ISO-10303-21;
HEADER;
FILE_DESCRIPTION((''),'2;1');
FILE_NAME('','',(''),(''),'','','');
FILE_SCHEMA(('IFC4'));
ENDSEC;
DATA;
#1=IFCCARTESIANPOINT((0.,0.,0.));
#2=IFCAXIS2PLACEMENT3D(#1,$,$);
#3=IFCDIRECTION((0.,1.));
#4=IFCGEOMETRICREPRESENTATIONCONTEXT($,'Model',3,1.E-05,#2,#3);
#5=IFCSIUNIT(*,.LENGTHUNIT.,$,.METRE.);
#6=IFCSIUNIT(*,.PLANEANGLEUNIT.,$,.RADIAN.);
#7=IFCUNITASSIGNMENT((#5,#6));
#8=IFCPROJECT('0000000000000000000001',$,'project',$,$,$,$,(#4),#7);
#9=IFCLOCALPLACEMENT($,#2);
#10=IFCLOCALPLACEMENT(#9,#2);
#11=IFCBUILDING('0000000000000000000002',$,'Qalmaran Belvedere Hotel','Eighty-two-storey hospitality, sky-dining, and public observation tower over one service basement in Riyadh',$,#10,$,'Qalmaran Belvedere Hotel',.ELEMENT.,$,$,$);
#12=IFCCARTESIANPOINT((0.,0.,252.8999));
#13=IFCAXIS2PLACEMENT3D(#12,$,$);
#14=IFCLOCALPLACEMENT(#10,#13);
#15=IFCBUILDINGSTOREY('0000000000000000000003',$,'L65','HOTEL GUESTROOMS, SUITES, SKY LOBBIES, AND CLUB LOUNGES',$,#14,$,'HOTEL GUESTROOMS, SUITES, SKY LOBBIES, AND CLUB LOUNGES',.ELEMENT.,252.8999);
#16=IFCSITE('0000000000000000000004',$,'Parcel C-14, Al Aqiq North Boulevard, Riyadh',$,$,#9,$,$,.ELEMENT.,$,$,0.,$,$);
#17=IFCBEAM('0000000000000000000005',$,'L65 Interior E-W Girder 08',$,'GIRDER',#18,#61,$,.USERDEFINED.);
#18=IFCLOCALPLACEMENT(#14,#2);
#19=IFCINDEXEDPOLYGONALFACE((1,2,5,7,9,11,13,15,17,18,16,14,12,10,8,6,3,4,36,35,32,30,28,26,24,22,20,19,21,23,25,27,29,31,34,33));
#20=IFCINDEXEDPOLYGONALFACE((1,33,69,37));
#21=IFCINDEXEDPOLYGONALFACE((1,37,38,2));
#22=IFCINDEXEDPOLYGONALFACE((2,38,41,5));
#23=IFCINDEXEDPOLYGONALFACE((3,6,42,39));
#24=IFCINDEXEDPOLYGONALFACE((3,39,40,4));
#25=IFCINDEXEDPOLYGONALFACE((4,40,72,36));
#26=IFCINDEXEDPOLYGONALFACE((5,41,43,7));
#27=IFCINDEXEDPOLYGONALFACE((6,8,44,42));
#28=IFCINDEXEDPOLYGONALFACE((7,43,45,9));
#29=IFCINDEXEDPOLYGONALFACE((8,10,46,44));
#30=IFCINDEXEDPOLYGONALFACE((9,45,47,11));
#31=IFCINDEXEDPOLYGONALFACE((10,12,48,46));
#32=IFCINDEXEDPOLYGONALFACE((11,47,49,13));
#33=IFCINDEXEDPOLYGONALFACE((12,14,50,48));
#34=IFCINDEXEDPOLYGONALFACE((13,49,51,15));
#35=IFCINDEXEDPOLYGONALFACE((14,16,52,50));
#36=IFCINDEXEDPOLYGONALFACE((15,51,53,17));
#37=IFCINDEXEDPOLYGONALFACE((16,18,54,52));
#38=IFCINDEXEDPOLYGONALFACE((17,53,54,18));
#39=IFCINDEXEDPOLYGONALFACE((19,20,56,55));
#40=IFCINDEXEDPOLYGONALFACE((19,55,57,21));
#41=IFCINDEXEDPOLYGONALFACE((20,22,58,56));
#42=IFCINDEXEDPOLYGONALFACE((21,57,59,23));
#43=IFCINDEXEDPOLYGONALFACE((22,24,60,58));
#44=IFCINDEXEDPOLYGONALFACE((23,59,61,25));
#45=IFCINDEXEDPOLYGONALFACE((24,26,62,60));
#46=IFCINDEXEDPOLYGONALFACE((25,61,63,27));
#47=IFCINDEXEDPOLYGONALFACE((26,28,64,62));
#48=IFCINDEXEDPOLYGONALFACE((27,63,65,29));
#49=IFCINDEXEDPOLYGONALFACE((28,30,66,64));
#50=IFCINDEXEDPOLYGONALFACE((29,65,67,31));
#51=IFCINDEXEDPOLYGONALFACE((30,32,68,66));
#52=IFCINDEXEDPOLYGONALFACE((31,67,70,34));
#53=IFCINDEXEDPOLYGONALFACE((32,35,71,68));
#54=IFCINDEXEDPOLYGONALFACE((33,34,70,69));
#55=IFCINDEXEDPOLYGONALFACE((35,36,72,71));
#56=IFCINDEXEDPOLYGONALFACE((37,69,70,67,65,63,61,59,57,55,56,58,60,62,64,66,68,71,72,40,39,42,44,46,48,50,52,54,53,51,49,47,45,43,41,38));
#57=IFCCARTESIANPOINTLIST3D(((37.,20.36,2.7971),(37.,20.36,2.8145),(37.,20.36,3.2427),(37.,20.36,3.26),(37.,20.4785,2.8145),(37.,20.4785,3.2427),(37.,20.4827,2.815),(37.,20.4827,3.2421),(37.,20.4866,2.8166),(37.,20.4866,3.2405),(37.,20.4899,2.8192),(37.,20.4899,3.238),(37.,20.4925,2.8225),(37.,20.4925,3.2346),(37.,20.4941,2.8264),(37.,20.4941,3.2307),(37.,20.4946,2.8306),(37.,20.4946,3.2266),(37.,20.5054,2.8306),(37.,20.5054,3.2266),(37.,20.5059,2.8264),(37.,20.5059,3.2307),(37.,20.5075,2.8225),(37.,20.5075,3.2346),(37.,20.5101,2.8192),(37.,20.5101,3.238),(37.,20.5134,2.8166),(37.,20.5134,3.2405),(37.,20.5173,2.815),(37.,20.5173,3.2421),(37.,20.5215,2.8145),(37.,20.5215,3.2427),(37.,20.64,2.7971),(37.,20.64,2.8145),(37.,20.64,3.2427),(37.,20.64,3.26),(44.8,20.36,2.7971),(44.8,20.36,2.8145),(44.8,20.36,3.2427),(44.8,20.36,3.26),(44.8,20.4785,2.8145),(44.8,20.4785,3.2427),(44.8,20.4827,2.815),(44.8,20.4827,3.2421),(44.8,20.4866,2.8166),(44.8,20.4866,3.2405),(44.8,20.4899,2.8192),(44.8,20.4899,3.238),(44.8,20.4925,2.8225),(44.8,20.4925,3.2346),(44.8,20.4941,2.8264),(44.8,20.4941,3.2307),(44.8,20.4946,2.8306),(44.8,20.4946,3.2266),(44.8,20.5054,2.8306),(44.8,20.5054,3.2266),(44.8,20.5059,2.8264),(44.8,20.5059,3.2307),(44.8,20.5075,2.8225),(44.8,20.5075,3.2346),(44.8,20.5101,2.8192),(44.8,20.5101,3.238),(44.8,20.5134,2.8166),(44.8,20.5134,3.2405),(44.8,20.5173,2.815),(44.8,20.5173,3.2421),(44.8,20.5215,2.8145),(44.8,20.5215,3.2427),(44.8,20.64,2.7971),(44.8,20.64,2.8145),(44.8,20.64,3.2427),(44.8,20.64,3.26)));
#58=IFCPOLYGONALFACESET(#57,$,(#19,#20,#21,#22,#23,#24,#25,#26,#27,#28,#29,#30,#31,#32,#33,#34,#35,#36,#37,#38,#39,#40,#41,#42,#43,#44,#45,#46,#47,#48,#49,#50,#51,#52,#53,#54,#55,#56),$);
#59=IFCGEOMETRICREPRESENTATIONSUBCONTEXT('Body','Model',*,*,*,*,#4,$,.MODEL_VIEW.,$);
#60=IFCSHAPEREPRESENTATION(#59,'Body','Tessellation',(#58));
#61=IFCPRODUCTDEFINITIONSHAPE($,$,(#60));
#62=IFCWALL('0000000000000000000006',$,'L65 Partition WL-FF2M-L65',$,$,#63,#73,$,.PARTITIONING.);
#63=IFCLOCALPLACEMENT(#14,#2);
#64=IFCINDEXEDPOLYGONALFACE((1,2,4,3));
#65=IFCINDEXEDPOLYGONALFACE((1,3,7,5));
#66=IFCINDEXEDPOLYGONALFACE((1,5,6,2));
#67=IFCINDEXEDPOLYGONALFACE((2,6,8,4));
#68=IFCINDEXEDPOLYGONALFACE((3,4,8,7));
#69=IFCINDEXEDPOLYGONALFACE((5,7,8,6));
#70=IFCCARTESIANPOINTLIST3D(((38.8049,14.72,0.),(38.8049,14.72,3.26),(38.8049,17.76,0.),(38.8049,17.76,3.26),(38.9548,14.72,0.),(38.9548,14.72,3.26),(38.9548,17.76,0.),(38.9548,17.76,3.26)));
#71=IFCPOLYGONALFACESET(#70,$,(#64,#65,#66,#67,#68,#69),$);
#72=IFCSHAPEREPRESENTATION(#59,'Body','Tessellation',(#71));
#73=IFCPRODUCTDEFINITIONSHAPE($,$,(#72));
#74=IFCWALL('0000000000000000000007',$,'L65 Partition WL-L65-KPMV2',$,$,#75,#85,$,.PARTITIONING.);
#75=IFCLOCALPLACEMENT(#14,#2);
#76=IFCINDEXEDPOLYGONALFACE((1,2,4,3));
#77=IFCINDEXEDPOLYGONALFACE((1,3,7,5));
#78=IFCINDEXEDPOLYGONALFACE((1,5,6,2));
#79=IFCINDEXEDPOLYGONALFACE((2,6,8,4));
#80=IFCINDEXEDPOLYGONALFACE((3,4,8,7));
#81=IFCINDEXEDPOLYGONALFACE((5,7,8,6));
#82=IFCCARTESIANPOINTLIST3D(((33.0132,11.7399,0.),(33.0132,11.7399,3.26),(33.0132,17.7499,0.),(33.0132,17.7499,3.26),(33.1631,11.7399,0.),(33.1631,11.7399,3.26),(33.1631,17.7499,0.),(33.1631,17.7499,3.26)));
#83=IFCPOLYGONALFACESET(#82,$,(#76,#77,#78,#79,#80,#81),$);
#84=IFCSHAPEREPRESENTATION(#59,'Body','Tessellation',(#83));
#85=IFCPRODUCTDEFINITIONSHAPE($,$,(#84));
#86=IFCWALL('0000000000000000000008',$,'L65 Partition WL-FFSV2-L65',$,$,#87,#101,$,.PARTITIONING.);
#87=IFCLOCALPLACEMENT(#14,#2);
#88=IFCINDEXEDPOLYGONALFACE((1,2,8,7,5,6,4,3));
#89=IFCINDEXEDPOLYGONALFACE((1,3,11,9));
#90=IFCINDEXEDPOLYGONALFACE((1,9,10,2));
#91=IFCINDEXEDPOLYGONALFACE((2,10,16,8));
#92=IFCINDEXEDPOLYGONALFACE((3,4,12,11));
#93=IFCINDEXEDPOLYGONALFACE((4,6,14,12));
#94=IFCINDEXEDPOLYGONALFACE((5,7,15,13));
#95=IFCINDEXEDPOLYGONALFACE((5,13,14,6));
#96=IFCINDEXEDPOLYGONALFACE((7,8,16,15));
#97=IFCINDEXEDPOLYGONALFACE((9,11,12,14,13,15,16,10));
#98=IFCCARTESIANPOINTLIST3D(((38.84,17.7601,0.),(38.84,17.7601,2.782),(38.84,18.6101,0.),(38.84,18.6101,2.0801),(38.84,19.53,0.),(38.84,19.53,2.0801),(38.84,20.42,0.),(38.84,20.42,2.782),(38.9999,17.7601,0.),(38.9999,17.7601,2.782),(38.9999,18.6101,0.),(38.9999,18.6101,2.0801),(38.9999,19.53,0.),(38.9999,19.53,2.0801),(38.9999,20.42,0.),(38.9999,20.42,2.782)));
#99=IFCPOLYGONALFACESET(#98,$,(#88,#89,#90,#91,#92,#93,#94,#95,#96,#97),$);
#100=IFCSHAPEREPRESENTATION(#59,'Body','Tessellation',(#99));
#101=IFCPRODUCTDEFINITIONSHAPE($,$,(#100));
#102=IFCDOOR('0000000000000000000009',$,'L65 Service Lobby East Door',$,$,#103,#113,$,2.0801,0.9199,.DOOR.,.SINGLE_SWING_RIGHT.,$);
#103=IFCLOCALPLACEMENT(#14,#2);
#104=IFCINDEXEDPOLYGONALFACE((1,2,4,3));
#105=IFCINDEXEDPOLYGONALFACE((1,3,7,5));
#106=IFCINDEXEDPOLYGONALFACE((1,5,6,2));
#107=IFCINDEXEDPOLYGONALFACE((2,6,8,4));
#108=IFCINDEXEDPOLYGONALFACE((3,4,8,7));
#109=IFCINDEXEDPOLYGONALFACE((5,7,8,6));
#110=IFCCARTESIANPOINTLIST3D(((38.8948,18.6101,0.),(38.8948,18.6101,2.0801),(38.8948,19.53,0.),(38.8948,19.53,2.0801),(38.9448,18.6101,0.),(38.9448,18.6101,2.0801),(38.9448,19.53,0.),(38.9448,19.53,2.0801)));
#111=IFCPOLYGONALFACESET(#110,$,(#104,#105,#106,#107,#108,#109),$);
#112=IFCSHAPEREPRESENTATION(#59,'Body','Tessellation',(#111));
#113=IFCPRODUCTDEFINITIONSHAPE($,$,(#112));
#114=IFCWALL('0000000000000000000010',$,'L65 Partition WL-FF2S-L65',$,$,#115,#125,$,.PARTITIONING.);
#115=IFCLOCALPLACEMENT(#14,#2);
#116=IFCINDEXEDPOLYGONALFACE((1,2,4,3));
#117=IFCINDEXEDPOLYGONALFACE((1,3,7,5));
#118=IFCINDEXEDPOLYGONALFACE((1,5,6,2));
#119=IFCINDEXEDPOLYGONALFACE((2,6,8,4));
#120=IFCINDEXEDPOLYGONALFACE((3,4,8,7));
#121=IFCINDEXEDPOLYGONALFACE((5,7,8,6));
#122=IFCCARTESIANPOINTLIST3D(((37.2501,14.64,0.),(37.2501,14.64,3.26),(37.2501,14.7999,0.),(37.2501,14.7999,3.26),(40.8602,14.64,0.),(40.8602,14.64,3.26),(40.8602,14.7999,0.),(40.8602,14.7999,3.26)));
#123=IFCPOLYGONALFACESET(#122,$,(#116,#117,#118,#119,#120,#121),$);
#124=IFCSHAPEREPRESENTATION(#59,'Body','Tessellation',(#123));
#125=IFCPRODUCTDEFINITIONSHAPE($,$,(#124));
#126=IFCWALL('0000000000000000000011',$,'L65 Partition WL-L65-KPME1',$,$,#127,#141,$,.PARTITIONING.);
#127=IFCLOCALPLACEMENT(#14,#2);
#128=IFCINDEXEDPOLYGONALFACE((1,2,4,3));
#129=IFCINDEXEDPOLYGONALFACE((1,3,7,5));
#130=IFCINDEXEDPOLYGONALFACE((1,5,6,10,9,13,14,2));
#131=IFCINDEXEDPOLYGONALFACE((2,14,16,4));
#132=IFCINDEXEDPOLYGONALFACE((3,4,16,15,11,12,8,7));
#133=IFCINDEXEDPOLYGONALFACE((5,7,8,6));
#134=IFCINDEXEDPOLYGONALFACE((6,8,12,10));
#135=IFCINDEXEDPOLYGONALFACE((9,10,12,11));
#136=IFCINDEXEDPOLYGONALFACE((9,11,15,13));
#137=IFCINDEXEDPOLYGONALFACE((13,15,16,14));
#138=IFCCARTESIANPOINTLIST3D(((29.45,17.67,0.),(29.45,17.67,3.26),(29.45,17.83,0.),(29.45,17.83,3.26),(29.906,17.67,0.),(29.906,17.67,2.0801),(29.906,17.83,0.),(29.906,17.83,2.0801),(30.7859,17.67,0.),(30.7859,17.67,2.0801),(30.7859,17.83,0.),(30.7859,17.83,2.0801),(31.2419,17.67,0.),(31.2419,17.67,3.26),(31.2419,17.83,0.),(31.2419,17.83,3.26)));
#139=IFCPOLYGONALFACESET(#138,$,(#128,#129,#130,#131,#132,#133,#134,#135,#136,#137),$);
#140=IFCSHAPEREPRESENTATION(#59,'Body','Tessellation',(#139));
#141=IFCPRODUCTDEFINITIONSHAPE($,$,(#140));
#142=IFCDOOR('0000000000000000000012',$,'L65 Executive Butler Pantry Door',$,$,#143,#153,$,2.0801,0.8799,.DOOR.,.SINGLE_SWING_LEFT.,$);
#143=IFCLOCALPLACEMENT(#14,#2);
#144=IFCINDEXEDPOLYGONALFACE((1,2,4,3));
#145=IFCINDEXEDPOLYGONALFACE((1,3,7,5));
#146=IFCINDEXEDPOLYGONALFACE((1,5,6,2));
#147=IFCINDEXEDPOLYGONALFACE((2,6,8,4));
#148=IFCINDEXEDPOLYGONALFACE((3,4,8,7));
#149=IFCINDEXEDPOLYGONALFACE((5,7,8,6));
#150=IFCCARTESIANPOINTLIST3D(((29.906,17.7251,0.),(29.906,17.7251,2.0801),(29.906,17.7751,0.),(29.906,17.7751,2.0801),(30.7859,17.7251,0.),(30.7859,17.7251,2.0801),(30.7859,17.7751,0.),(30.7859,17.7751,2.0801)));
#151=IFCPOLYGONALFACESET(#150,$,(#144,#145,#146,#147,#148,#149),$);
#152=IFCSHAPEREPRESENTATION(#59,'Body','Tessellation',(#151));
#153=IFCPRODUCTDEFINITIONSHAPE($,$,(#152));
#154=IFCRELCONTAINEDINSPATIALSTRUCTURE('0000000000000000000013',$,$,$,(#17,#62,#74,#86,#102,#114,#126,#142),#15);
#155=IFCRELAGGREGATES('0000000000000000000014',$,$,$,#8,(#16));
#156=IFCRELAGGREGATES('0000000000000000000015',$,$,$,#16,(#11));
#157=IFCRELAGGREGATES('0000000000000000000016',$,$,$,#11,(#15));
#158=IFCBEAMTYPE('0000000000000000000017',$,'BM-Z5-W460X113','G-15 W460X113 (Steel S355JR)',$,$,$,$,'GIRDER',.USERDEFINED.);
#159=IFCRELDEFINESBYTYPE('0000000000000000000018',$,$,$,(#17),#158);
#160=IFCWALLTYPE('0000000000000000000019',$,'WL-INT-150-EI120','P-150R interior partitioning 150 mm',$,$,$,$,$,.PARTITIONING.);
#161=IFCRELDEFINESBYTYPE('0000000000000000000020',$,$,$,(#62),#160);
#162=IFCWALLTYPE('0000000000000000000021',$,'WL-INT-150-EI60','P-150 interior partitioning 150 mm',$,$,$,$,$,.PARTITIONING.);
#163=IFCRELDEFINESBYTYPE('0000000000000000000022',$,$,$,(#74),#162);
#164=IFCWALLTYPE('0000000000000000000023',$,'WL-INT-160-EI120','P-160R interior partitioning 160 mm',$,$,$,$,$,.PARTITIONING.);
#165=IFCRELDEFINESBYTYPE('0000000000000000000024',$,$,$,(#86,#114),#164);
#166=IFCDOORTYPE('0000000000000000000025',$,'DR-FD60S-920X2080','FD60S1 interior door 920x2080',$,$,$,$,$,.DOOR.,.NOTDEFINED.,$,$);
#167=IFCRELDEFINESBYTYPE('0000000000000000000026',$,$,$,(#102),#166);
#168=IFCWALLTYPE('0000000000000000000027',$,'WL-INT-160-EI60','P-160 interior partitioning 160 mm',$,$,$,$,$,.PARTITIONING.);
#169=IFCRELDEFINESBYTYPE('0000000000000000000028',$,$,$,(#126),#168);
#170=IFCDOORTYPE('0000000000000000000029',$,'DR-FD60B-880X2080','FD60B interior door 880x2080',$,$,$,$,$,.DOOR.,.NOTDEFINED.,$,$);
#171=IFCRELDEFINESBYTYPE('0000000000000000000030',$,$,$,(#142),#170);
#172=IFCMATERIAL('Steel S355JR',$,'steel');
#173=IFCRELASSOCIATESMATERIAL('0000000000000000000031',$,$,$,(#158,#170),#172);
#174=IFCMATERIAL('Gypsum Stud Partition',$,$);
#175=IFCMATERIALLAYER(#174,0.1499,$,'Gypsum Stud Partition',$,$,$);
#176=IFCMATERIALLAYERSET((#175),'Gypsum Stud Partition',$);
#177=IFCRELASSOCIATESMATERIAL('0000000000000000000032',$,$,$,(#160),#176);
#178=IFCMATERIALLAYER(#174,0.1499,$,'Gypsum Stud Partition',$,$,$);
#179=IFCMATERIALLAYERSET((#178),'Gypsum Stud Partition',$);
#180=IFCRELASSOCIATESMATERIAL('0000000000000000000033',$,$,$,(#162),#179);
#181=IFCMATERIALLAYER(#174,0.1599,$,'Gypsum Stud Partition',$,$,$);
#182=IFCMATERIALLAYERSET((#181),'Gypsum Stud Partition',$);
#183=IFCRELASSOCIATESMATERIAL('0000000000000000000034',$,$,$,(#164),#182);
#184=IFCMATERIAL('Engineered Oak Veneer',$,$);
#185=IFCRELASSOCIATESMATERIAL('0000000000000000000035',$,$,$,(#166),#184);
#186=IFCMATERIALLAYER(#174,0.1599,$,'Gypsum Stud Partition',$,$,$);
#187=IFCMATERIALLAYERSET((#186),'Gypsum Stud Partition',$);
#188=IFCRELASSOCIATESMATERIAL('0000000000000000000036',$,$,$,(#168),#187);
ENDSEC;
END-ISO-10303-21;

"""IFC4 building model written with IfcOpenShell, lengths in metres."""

from ifc_helpers import new_model, si_unit, direction, frame, frame_2d, origin, origin_2d, place, context, subcontext, project, spatial, rectangle, i_section, extrude, material, layer, layer_set, material_profile, profile_set, type_object, element, fill, save


model = new_model("IFC4")

# Units and contexts
model_context = context("Model", 3, precision=1e-05, world=origin(), true_north=direction((0.0, 1.0)))
body_context = subcontext(model_context, "Body", "Model", "MODEL_VIEW")
ifc_project = project(units=[si_unit("LENGTHUNIT", "METRE"), si_unit("PLANEANGLEUNIT", "RADIAN")], contexts=[model_context])

# Site, building, storey
site_placement = place(None, origin())
site = spatial("IfcSite", under=ifc_project, at=site_placement, Name="Parcel C-14, Al Aqiq North Boulevard, Riyadh", CompositionType="ELEMENT", RefElevation=0.0)
building_placement = place(site_placement, origin())
building = spatial("IfcBuilding", under=site, at=building_placement, Name="Qalmaran Belvedere Hotel", Description="Eighty-two-storey hospitality, sky-dining, and public observation tower over one service basement in Riyadh", LongName="Qalmaran Belvedere Hotel", CompositionType="ELEMENT")
storey_placement = place(building_placement, frame((0.0, 0.0, 252.8999)))
storey = spatial("IfcBuildingStorey", under=building, at=storey_placement, Name="L65", Description="HOTEL GUESTROOMS, SUITES, SKY LOBBIES, AND CLUB LOUNGES", LongName="HOTEL GUESTROOMS, SUITES, SKY LOBBIES, AND CLUB LOUNGES", CompositionType="ELEMENT", Elevation=252.8999)

# Beam
ifc_material_1 = material(Name="Steel S355JR", Category="steel")
ifc_material_profile_1 = material_profile(ifc_material_1, i_section(OverallWidth=0.28, OverallDepth=0.4629, WebThickness=0.0107, FlangeThickness=0.0173, FilletRadius=0.0161, at=origin_2d()), Name="W460X113")
ifc_profile_set_1 = profile_set([ifc_material_profile_1], Name="Steel S355JR")
beam_type_1 = type_object("IfcBeamType", Name="BM-Z5-W460X113", Description="G-15 W460X113 (Steel S355JR)", ElementType="GIRDER", PredefinedType="USERDEFINED", material=ifc_profile_set_1)
for number, where, z_axis, x_axis, name in (
    (1, (37.0, 20.5, 3.0286), (1.0, 0.0, 0.0), (0.0, 1.0, 0.0), "L65 Interior E-W Girder 08"),
):
    element("IfcBeam", number, at=place(storey_placement, frame(where, z_axis=z_axis, x_axis=x_axis)), inside=storey, type_object=beam_type_1, Name=name, ObjectType="GIRDER", PredefinedType="USERDEFINED", context=body_context, shape_type="SweptSolid", body=[
        extrude(i_section(OverallWidth=0.28, OverallDepth=0.4629, WebThickness=0.0107, FlangeThickness=0.0173, FilletRadius=0.0161, at=origin_2d()), origin(), (0.0, 0.0, 1.0), 7.8),
    ])

# Walls
ifc_material_2 = material(Name="Gypsum Stud Partition")
ifc_layer_1 = layer(ifc_material_2, 0.1499, Name="Gypsum Stud Partition")
ifc_layer_set_1 = layer_set([ifc_layer_1], Name="Gypsum Stud Partition")
wall_type_1 = type_object("IfcWallType", Name="WL-INT-150-EI120", Description="P-150R interior partitioning 150 mm", PredefinedType="PARTITIONING", material=ifc_layer_set_1)
wall_1_placement = place(storey_placement, frame((38.8799, 14.72, 0.0), z_axis=(0.0, 0.0, 1.0), x_axis=(0.0, 1.0, 0.0)))
element("IfcWall", 2, at=wall_1_placement, inside=storey, type_object=wall_type_1, Name="L65 Partition WL-FF2M-L65", PredefinedType="PARTITIONING", context=body_context, shape_type="SweptSolid", body=[
    extrude(rectangle(XDim=3.04, YDim=0.1499, at=frame_2d((1.52, 0.0))), origin(), (0.0, 0.0, 1.0), 3.26),
])
ifc_layer_2 = layer(ifc_material_2, 0.1499, Name="Gypsum Stud Partition")
ifc_layer_set_2 = layer_set([ifc_layer_2], Name="Gypsum Stud Partition")
wall_type_2 = type_object("IfcWallType", Name="WL-INT-150-EI60", Description="P-150 interior partitioning 150 mm", PredefinedType="PARTITIONING", material=ifc_layer_set_2)
wall_2_placement = place(storey_placement, frame((33.0881, 11.74, 0.0), z_axis=(0.0, 0.0, 1.0), x_axis=(0.0, 1.0, 0.0)))
element("IfcWall", 3, at=wall_2_placement, inside=storey, type_object=wall_type_2, Name="L65 Partition WL-L65-KPMV2", PredefinedType="PARTITIONING", context=body_context, shape_type="SweptSolid", body=[
    extrude(rectangle(XDim=6.01, YDim=0.1499, at=frame_2d((3.0049, 0.0))), origin(), (0.0, 0.0, 1.0), 3.26),
])

# Wall, opening, door
ifc_layer_3 = layer(ifc_material_2, 0.1599, Name="Gypsum Stud Partition")
ifc_layer_set_3 = layer_set([ifc_layer_3], Name="Gypsum Stud Partition")
wall_type_3 = type_object("IfcWallType", Name="WL-INT-160-EI120", Description="P-160R interior partitioning 160 mm", PredefinedType="PARTITIONING", material=ifc_layer_set_3)
wall_3_placement = place(storey_placement, frame((38.9199, 17.76, 0.0), z_axis=(0.0, 0.0, 1.0), x_axis=(0.0, 1.0, 0.0)))
wall_3 = element("IfcWall", 4, at=wall_3_placement, inside=storey, type_object=wall_type_3, Name="L65 Partition WL-FFSV2-L65", PredefinedType="PARTITIONING", context=body_context, shape_type="SweptSolid", body=[
    extrude(rectangle(XDim=2.6599, YDim=0.1599, at=frame_2d((1.3301, 0.0))), origin(), (0.0, 0.0, 1.0), 2.782),
])
opening_1_placement = place(wall_3_placement, frame((1.77, 0.0, 0.0), z_axis=(0.0, 0.0, 1.0), x_axis=(-1.0, 0.0, 0.0)))
opening_1 = element("IfcOpeningElement", 5, at=opening_1_placement, cuts=wall_3, PredefinedType="OPENING", context=body_context, shape_type="SweptSolid", body=[
    extrude(rectangle(XDim=0.9199, YDim=2.0801, at=frame_2d((0.46, 1.04))), frame((0.0, 0.0898, 0.0), z_axis=(0.0, -1.0, 0.0), x_axis=(1.0, 0.0, 0.0)), (0.0, 0.0, 1.0), 0.1799),
])
ifc_material_3 = material(Name="Engineered Oak Veneer")
door_type_1 = type_object("IfcDoorType", Name="DR-FD60S-920X2080", Description="FD60S1 interior door 920x2080", OperationType="NOTDEFINED", PredefinedType="DOOR", material=ifc_material_3)
door_1_placement = place(opening_1_placement, origin())
door_1 = element("IfcDoor", 6, at=door_1_placement, inside=storey, type_object=door_type_1, Name="L65 Service Lobby East Door", OperationType="SINGLE_SWING_RIGHT", OverallHeight=2.0801, OverallWidth=0.9199, PredefinedType="DOOR", context=body_context, shape_type="SweptSolid", body=[
    extrude(rectangle(XDim=0.9199, YDim=2.0801, at=frame_2d((0.46, 1.04))), frame((0.0, 0.0249, 0.0), z_axis=(0.0, -1.0, 0.0), x_axis=(1.0, 0.0, 0.0)), (0.0, 0.0, 1.0), 0.05),
])
fill(opening_1, door_1)

# Wall
wall_4_placement = place(storey_placement, frame((37.25, 14.72, 0.0), z_axis=(0.0, 0.0, 1.0), x_axis=(1.0, 0.0, 0.0)))
element("IfcWall", 7, at=wall_4_placement, inside=storey, type_object=wall_type_3, Name="L65 Partition WL-FF2S-L65", PredefinedType="PARTITIONING", context=body_context, shape_type="SweptSolid", body=[
    extrude(rectangle(XDim=3.6101, YDim=0.1599, at=frame_2d((1.8052, 0.0))), origin(), (0.0, 0.0, 1.0), 3.26),
])

# Wall, opening, door
ifc_layer_4 = layer(ifc_material_2, 0.1599, Name="Gypsum Stud Partition")
ifc_layer_set_4 = layer_set([ifc_layer_4], Name="Gypsum Stud Partition")
wall_type_4 = type_object("IfcWallType", Name="WL-INT-160-EI60", Description="P-160 interior partitioning 160 mm", PredefinedType="PARTITIONING", material=ifc_layer_set_4)
wall_5_placement = place(storey_placement, frame((29.45, 17.75, 0.0), z_axis=(0.0, 0.0, 1.0), x_axis=(1.0, 0.0, 0.0)))
wall_5 = element("IfcWall", 8, at=wall_5_placement, inside=storey, type_object=wall_type_4, Name="L65 Partition WL-L65-KPME1", PredefinedType="PARTITIONING", context=body_context, shape_type="SweptSolid", body=[
    extrude(rectangle(XDim=1.792, YDim=0.1599, at=frame_2d((0.896, 0.0))), origin(), (0.0, 0.0, 1.0), 3.26),
])
opening_2_placement = place(wall_5_placement, frame((1.3359, 0.0, 0.0), z_axis=(0.0, 0.0, 1.0), x_axis=(-1.0, 0.0, 0.0)))
opening_2 = element("IfcOpeningElement", 9, at=opening_2_placement, cuts=wall_5, PredefinedType="OPENING", context=body_context, shape_type="SweptSolid", body=[
    extrude(rectangle(XDim=0.8799, YDim=2.0801, at=frame_2d((0.4399, 1.04))), frame((0.0, 0.0898, 0.0), z_axis=(0.0, -1.0, 0.0), x_axis=(1.0, 0.0, 0.0)), (0.0, 0.0, 1.0), 0.1799),
])
door_type_2 = type_object("IfcDoorType", Name="DR-FD60B-880X2080", Description="FD60B interior door 880x2080", OperationType="NOTDEFINED", PredefinedType="DOOR", material=ifc_material_1)
door_2_placement = place(opening_2_placement, origin())
door_2 = element("IfcDoor", 10, at=door_2_placement, inside=storey, type_object=door_type_2, Name="L65 Executive Butler Pantry Door", OperationType="SINGLE_SWING_LEFT", OverallHeight=2.0801, OverallWidth=0.8799, PredefinedType="DOOR", context=body_context, shape_type="SweptSolid", body=[
    extrude(rectangle(XDim=0.8799, YDim=2.0801, at=frame_2d((0.4399, 1.04))), frame((0.0, 0.0249, 0.0), z_axis=(0.0, -1.0, 0.0), x_axis=(1.0, 0.0, 0.0)), (0.0, 0.0, 1.0), 0.05),
])
fill(opening_2, door_2)

save(model, "model.ifc")
